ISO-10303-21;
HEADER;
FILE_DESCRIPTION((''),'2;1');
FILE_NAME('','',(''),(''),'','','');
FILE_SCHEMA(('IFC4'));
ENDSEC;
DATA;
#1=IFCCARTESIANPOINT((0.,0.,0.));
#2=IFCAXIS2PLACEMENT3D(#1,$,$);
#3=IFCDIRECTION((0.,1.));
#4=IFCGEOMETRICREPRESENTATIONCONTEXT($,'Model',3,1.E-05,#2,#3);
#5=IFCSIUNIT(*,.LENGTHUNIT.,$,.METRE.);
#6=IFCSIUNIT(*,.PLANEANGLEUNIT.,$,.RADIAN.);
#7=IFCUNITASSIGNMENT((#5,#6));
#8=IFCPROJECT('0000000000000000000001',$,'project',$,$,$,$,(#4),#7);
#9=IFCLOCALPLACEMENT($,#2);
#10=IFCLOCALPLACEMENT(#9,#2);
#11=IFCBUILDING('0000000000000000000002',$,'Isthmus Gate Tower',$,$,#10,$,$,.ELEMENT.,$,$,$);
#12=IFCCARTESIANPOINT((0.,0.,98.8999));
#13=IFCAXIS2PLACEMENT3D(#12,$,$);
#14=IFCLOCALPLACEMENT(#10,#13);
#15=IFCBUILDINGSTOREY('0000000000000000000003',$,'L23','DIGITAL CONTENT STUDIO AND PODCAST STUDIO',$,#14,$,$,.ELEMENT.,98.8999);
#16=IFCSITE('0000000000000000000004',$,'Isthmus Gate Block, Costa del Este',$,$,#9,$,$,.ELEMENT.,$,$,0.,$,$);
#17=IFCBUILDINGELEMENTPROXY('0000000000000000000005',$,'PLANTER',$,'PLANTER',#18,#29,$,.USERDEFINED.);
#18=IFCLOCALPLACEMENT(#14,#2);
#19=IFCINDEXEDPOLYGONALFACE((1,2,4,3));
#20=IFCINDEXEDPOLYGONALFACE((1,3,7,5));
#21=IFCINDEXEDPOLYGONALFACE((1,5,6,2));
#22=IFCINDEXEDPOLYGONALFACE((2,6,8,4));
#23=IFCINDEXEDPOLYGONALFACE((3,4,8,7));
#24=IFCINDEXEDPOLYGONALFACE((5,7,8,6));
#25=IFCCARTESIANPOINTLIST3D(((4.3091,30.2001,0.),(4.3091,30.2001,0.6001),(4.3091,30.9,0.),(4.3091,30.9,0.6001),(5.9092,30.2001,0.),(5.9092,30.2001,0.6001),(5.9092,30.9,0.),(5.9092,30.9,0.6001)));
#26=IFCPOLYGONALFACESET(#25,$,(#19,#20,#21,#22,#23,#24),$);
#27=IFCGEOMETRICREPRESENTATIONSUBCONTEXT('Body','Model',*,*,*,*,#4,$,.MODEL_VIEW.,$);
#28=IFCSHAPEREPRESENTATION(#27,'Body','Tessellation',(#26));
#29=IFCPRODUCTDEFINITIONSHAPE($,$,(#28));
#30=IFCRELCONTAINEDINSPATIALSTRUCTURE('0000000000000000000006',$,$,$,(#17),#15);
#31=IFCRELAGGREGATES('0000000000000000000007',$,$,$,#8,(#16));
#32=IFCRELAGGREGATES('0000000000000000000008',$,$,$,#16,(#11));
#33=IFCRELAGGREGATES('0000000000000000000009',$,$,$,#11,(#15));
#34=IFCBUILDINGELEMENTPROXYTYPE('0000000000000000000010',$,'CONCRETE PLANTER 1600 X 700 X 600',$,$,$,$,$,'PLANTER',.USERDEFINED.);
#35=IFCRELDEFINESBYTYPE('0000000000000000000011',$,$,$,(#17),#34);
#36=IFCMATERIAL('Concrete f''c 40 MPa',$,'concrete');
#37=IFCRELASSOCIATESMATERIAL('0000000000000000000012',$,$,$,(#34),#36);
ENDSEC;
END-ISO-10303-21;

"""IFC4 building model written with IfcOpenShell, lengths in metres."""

from ifc_helpers import new_model, si_unit, direction, frame, origin, origin_2d, place, context, subcontext, project, spatial, rectangle, extrude, material, type_object, element, save


model = new_model("IFC4")

# Units and contexts
model_context = context("Model", 3, precision=1e-05, world=origin(), true_north=direction((0.0, 1.0)))
body_context = subcontext(model_context, "Body", "Model", "MODEL_VIEW")
ifc_project = project(units=[si_unit("LENGTHUNIT", "METRE"), si_unit("PLANEANGLEUNIT", "RADIAN")], contexts=[model_context])

# Site, building, storey
site_placement = place(None, origin())
site = spatial("IfcSite", under=ifc_project, at=site_placement, Name="Isthmus Gate Block, Costa del Este", CompositionType="ELEMENT", RefElevation=0.0)
building_placement = place(site_placement, origin())
building = spatial("IfcBuilding", under=site, at=building_placement, Name="Isthmus Gate Tower", CompositionType="ELEMENT")
storey_placement = place(building_placement, frame((0.0, 0.0, 98.8999)))
storey = spatial("IfcBuildingStorey", under=building, at=storey_placement, Name="L23", Description="DIGITAL CONTENT STUDIO AND PODCAST STUDIO", CompositionType="ELEMENT", Elevation=98.8999)

# Building element proxy
ifc_material_1 = material(Name="Concrete f'c 40 MPa", Category="concrete")
building_element_proxy_type = type_object("IfcBuildingElementProxyType", Name="CONCRETE PLANTER 1600 X 700 X 600", ElementType="PLANTER", PredefinedType="USERDEFINED", material=ifc_material_1)
for number, where, z_axis, x_axis, name in (
    (1, (5.1091, 30.55, 0.0), (0.0, 0.0, 1.0), (-1.0, 0.0, 0.0), "PLANTER"),
):
    element("IfcBuildingElementProxy", number, at=place(storey_placement, frame(where, z_axis=z_axis, x_axis=x_axis)), inside=storey, type_object=building_element_proxy_type, Name=name, ObjectType="PLANTER", PredefinedType="USERDEFINED", context=body_context, shape_type="SweptSolid", body=[
        extrude(rectangle(XDim=1.6001, YDim=0.7, at=origin_2d()), origin(), (0.0, 0.0, 1.0), 0.6001),
    ])

save(model, "model.ifc")
